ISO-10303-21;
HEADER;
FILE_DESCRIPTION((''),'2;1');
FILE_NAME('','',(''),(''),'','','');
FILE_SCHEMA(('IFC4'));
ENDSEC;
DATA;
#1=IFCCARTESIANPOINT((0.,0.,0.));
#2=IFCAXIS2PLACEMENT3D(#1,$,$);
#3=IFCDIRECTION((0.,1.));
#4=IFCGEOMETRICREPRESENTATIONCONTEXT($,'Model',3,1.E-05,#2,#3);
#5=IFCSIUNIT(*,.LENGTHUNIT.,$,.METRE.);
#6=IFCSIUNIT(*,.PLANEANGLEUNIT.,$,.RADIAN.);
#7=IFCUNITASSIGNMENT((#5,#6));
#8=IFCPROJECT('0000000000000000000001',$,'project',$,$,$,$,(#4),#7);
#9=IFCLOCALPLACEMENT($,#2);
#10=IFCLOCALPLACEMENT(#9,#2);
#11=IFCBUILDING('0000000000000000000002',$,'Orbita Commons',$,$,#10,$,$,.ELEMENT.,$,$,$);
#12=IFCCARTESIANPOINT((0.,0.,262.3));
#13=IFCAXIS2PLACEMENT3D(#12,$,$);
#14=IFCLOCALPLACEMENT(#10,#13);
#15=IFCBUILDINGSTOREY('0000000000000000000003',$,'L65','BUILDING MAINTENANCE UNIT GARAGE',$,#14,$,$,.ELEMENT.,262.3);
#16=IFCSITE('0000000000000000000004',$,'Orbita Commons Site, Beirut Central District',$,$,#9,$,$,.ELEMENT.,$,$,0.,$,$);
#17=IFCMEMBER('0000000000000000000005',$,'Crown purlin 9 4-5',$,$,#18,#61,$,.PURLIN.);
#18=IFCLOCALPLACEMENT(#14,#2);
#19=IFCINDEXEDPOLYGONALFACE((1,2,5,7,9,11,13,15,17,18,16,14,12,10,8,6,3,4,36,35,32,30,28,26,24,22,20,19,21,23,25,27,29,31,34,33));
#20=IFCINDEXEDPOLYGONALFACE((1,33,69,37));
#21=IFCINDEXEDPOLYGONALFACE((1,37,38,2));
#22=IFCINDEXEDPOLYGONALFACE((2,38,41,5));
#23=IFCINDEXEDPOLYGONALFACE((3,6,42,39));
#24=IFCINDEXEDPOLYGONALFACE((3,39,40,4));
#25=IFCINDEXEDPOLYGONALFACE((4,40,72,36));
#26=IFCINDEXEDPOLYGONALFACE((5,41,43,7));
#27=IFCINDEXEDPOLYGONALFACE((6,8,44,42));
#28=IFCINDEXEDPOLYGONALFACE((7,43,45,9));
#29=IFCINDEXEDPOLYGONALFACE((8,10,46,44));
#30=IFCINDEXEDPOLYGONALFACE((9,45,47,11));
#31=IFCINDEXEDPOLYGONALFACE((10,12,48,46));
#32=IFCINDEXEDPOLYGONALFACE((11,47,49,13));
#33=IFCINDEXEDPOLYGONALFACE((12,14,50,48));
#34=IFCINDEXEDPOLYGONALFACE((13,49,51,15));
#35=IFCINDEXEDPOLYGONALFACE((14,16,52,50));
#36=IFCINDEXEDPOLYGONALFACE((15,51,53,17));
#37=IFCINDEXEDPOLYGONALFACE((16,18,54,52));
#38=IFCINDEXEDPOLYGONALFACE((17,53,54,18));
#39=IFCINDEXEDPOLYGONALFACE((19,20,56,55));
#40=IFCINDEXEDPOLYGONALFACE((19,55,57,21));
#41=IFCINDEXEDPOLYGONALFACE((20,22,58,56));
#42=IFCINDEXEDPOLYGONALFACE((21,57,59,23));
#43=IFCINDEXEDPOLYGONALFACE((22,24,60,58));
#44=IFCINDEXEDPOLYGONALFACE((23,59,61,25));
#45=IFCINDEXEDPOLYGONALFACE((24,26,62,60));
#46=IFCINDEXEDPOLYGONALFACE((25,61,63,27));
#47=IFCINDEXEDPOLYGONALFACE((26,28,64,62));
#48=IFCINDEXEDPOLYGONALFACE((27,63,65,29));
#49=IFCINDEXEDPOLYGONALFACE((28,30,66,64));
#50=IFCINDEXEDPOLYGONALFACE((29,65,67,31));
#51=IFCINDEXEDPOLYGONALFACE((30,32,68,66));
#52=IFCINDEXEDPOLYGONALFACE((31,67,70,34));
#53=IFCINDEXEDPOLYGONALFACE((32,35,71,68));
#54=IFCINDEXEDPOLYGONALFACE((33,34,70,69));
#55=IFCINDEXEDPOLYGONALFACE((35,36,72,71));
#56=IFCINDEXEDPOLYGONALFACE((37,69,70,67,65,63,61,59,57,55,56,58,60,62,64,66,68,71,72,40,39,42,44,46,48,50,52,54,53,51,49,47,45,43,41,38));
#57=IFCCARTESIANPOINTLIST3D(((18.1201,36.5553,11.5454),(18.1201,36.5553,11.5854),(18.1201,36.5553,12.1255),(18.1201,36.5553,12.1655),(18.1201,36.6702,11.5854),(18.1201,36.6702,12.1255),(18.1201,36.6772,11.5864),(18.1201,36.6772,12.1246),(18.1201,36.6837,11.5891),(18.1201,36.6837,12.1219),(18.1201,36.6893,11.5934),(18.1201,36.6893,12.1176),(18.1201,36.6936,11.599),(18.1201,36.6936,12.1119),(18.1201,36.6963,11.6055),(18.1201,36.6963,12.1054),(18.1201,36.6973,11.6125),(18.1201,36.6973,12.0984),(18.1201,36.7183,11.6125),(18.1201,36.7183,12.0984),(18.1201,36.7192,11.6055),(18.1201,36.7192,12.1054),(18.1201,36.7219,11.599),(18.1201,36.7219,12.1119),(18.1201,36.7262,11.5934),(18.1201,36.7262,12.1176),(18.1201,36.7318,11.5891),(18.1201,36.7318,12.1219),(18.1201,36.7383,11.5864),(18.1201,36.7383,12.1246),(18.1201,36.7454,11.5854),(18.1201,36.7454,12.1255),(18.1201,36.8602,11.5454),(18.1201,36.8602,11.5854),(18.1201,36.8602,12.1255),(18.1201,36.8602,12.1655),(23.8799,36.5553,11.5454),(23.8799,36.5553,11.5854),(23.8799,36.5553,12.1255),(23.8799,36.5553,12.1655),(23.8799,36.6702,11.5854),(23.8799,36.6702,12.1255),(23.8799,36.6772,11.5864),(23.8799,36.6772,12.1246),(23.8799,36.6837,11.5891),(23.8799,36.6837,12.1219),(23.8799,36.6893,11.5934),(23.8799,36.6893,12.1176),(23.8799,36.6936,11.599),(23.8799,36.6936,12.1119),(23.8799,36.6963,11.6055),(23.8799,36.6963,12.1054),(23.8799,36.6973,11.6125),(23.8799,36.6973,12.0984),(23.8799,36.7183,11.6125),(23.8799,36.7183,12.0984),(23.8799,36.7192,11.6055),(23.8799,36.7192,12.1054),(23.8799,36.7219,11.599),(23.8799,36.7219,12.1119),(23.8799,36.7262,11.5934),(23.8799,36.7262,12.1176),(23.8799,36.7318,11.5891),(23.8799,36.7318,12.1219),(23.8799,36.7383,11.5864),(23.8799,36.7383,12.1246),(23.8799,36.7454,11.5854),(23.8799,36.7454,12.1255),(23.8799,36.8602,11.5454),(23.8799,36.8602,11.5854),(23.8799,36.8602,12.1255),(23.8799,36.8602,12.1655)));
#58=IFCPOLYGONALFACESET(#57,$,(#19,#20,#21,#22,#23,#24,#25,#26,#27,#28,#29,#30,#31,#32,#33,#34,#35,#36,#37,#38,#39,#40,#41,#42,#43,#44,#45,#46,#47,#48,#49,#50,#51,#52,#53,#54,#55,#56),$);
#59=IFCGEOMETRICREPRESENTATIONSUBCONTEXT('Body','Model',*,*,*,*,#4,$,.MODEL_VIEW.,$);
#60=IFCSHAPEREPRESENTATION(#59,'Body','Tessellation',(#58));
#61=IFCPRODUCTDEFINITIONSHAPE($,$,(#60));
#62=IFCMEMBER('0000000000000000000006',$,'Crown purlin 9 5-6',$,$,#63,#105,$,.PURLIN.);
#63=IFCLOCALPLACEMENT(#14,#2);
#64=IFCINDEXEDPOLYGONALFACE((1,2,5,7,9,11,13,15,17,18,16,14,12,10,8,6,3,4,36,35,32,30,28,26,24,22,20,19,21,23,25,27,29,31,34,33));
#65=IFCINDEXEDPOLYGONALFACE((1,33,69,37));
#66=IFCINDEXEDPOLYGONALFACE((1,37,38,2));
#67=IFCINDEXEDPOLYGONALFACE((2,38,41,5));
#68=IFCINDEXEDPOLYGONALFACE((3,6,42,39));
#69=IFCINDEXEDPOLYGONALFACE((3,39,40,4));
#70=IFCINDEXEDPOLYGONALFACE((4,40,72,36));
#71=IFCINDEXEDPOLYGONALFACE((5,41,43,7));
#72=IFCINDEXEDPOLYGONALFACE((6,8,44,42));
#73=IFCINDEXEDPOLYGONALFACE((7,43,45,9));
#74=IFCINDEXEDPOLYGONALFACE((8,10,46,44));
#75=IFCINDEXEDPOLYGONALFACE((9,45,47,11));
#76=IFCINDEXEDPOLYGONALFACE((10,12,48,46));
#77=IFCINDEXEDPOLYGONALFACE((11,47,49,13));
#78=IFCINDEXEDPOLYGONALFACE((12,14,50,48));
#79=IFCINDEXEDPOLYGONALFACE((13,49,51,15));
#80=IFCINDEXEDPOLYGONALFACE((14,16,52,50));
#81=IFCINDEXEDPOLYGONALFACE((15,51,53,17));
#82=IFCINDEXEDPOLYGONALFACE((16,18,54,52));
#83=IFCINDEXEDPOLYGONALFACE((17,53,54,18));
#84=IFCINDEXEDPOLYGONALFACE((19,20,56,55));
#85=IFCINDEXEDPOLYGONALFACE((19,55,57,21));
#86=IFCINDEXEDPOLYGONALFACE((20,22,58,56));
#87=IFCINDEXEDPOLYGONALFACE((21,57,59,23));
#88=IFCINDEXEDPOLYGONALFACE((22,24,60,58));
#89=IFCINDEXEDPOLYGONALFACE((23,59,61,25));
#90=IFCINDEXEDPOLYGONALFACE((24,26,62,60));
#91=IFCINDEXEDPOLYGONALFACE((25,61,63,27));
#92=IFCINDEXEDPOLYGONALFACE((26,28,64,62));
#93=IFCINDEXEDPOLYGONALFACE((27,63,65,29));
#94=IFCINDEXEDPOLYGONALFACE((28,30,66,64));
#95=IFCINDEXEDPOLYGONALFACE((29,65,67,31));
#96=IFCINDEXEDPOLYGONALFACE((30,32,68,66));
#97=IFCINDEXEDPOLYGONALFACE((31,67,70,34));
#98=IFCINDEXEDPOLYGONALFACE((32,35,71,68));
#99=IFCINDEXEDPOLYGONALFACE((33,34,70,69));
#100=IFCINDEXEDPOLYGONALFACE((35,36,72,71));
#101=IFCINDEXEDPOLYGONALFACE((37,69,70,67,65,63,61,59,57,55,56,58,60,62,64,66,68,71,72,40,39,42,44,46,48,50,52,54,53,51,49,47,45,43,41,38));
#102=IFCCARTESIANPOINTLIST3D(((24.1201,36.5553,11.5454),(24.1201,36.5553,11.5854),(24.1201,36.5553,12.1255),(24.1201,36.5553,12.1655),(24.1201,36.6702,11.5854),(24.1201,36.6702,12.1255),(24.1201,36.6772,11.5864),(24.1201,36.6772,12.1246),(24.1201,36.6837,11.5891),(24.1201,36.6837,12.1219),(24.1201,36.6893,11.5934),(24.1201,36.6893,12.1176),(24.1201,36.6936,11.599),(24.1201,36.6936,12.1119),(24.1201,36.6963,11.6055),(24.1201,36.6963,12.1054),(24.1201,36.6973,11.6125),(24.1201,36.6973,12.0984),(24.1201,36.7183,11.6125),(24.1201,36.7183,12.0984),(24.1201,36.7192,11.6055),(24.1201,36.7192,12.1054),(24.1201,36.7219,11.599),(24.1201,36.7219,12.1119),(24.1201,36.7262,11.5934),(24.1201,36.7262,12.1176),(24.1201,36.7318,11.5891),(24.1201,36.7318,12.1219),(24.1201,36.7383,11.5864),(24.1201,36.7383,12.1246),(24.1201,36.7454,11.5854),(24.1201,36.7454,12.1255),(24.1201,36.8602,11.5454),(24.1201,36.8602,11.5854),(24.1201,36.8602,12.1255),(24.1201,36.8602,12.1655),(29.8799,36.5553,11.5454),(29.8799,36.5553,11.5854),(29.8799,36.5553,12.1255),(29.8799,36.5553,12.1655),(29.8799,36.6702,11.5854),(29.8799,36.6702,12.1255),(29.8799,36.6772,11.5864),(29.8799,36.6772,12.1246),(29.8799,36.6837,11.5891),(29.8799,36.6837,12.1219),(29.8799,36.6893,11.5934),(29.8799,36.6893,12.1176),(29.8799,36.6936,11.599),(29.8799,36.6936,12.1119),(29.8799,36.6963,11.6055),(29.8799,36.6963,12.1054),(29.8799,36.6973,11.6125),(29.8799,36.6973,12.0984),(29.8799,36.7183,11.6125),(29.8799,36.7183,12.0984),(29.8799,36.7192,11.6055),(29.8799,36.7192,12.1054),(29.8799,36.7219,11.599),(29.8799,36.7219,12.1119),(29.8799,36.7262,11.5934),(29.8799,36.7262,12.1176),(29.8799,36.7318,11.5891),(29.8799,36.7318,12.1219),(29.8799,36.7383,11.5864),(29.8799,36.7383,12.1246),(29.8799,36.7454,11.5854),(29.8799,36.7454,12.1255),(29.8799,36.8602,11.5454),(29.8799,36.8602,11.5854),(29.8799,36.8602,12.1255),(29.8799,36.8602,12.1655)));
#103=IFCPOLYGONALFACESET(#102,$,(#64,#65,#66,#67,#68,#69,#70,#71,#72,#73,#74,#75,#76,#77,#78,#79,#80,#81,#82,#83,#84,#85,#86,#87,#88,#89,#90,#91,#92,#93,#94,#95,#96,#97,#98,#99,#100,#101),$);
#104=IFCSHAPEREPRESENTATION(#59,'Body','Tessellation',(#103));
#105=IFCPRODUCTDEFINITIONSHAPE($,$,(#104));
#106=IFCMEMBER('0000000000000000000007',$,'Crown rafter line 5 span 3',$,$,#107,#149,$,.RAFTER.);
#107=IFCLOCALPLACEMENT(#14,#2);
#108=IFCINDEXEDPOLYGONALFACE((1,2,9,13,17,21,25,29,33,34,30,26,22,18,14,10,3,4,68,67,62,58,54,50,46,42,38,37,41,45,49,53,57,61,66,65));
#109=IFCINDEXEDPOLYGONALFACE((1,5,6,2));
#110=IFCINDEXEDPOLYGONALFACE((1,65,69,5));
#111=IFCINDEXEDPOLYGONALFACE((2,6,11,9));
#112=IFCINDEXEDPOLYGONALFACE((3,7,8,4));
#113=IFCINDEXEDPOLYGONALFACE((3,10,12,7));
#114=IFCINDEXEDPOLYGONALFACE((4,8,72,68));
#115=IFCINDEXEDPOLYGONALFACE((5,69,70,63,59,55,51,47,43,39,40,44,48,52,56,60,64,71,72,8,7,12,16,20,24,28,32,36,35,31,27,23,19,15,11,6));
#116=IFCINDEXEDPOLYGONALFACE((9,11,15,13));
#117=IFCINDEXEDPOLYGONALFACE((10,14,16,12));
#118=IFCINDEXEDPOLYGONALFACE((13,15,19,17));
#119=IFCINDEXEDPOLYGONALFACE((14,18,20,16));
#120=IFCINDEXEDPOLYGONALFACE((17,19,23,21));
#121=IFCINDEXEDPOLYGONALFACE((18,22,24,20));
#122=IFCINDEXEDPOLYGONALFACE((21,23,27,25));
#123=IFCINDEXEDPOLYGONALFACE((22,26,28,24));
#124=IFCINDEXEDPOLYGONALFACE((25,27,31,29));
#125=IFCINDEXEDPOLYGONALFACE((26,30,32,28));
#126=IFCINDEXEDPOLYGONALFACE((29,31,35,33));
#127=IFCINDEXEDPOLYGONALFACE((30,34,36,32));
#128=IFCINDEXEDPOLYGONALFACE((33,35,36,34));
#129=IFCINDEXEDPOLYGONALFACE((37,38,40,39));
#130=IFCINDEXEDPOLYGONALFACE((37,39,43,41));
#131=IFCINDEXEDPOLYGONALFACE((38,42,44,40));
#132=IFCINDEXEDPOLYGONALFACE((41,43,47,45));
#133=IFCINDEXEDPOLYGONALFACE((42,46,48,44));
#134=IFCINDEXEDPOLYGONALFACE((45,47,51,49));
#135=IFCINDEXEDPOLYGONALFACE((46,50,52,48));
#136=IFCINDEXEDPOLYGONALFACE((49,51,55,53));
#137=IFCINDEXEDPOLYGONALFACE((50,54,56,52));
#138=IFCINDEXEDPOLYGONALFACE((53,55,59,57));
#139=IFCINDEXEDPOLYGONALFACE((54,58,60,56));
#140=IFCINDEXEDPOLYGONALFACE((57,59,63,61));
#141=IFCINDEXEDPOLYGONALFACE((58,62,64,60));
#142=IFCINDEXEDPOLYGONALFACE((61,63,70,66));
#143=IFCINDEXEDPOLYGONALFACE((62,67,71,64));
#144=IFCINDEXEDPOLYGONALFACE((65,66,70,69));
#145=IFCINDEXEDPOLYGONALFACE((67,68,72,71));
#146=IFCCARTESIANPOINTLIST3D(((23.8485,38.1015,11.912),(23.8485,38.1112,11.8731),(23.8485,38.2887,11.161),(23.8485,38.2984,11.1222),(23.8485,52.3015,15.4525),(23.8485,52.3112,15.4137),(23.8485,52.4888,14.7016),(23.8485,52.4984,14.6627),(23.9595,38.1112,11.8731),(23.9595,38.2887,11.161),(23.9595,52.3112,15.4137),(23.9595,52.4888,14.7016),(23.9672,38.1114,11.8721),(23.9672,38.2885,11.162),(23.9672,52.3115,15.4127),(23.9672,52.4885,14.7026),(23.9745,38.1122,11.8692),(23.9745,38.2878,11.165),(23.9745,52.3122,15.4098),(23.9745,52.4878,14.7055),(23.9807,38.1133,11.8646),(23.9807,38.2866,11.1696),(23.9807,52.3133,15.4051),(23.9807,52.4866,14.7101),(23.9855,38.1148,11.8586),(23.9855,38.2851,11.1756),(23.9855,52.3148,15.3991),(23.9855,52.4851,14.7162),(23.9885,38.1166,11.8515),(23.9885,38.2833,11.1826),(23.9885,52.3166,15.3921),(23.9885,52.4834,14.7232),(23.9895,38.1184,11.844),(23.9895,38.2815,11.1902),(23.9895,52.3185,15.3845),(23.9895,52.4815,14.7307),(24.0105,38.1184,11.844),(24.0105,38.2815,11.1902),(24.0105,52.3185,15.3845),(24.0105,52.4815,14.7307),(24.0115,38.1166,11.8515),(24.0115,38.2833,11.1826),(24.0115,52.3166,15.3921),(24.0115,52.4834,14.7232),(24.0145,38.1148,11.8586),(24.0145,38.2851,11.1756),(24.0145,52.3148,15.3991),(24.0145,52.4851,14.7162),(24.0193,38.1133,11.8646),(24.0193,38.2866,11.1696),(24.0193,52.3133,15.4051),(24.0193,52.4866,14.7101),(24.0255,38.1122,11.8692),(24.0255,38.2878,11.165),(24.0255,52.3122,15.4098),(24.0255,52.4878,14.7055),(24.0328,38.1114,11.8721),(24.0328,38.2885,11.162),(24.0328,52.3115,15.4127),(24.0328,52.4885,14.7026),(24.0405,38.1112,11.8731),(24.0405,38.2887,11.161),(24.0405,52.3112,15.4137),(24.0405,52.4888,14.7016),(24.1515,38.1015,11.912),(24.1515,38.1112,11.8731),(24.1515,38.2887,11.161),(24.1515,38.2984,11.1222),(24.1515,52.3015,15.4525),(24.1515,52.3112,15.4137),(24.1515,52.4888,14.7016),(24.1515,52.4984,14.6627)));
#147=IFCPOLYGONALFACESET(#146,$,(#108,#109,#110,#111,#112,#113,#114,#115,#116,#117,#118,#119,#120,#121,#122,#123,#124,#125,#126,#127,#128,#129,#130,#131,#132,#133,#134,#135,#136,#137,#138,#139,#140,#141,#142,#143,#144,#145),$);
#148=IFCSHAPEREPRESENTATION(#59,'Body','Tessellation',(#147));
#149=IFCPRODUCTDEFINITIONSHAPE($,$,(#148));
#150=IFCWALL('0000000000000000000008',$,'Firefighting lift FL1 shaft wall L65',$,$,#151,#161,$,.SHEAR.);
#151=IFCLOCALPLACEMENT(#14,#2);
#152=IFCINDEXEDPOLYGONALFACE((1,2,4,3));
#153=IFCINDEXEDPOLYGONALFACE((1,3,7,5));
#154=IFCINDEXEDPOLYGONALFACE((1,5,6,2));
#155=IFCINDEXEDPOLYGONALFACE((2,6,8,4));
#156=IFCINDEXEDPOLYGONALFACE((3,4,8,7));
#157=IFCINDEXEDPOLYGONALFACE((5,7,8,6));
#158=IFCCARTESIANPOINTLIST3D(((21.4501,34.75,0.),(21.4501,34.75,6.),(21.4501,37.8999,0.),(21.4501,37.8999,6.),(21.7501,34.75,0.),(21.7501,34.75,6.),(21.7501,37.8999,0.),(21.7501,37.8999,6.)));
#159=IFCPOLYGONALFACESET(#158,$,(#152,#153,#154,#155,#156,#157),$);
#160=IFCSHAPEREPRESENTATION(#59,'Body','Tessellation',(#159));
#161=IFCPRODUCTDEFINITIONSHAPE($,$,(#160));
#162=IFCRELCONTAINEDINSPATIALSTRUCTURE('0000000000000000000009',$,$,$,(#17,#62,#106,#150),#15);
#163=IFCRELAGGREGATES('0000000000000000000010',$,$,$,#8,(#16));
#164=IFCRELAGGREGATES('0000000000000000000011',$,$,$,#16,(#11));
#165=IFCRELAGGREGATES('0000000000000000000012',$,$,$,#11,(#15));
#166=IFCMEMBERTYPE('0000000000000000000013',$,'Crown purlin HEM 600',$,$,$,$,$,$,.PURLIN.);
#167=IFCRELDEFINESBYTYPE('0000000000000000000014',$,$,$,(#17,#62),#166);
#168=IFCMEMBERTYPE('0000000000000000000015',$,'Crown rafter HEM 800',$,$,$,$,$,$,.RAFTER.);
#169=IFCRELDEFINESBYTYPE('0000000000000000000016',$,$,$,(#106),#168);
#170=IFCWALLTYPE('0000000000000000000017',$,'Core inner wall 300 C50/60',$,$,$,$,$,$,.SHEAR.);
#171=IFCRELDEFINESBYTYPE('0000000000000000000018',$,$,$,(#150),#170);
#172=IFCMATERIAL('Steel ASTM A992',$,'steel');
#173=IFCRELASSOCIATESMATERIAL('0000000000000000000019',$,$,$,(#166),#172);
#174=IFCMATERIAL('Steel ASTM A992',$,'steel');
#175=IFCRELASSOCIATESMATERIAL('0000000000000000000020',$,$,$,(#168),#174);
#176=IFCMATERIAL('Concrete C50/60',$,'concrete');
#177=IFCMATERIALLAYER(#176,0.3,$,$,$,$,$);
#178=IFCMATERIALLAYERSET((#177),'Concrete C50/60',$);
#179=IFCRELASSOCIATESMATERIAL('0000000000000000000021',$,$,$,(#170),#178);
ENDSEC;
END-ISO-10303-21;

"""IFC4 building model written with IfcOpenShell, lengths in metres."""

from ifc_helpers import new_model, si_unit, direction, frame, frame_2d, origin, origin_2d, place, context, subcontext, project, spatial, rectangle, i_section, extrude, material, layer, layer_set, material_profile, profile_set, type_object, element, save


model = new_model("IFC4")

# Units and contexts
model_context = context("Model", 3, precision=1e-05, world=origin(), true_north=direction((0.0, 1.0)))
body_context = subcontext(model_context, "Body", "Model", "MODEL_VIEW")
ifc_project = project(units=[si_unit("LENGTHUNIT", "METRE"), si_unit("PLANEANGLEUNIT", "RADIAN")], contexts=[model_context])

# Site, building, storey
site_placement = place(None, origin())
site = spatial("IfcSite", under=ifc_project, at=site_placement, Name="Orbita Commons Site, Beirut Central District", CompositionType="ELEMENT", RefElevation=0.0)
building_placement = place(site_placement, origin())
building = spatial("IfcBuilding", under=site, at=building_placement, Name="Orbita Commons", CompositionType="ELEMENT")
storey_placement = place(building_placement, frame((0.0, 0.0, 262.3)))
storey = spatial("IfcBuildingStorey", under=building, at=storey_placement, Name="L65", Description="BUILDING MAINTENANCE UNIT GARAGE", CompositionType="ELEMENT", Elevation=262.3)

# Members
ifc_material_1 = material(Name="Steel ASTM A992", Category="steel")
ifc_material_profile_1 = material_profile(ifc_material_1, i_section(OverallWidth=0.3049, OverallDepth=0.6201, WebThickness=0.021, FlangeThickness=0.04, FilletRadius=0.0271, at=origin_2d()), Name="HEM 600")
ifc_profile_set_1 = profile_set([ifc_material_profile_1], Name="Steel ASTM A992")
member_type_1 = type_object("IfcMemberType", Name="Crown purlin HEM 600", PredefinedType="PURLIN", material=ifc_profile_set_1)
for number, where, z_axis, x_axis, name in (
    (1, (18.1201, 36.7078, 11.8555), (1.0, 0.0, 0.0), (0.0, 1.0, 0.0), "Crown purlin 9 4-5"),
    (2, (24.1201, 36.7078, 11.8555), (1.0, 0.0, 0.0), (0.0, 1.0, 0.0), "Crown purlin 9 5-6"),
):
    element("IfcMember", number, at=place(storey_placement, frame(where, z_axis=z_axis, x_axis=x_axis)), inside=storey, type_object=member_type_1, Name=name, PredefinedType="PURLIN", context=body_context, shape_type="SweptSolid", body=[
        extrude(i_section(OverallWidth=0.3049, OverallDepth=0.6201, WebThickness=0.021, FlangeThickness=0.04, FilletRadius=0.0271, at=origin_2d()), origin(), (0.0, 0.0, 1.0), 5.7598),
    ])
ifc_material_2 = material(Name="Steel ASTM A992", Category="steel")
ifc_material_profile_2 = material_profile(ifc_material_2, i_section(OverallWidth=0.303, OverallDepth=0.814, WebThickness=0.021, FlangeThickness=0.04, FilletRadius=0.03, at=origin_2d()), Name="HEM 800")
ifc_profile_set_2 = profile_set([ifc_material_profile_2], Name="Steel ASTM A992")
member_type_2 = type_object("IfcMemberType", Name="Crown rafter HEM 800", PredefinedType="RAFTER", material=ifc_profile_set_2)
member_placement = place(storey_placement, frame((24.0, 38.2, 11.5171), z_axis=(0.0, 0.970294, 0.241927), x_axis=(-1.0, 0.0, 0.0)))
element("IfcMember", 3, at=member_placement, inside=storey, type_object=member_type_2, Name="Crown rafter line 5 span 3", PredefinedType="RAFTER", context=body_context, shape_type="SweptSolid", body=[
    extrude(i_section(OverallWidth=0.303, OverallDepth=0.814, WebThickness=0.021, FlangeThickness=0.04, FilletRadius=0.03, at=origin_2d()), origin(), (0.0, 0.0, 1.0), 14.6348),
])

# Shared definitions
ifc_material_3 = material(Name="Concrete C50/60", Category="concrete")
ifc_layer = layer(ifc_material_3, 0.3)
ifc_layer_set = layer_set([ifc_layer], Name="Concrete C50/60")
wall_type = type_object("IfcWallType", Name="Core inner wall 300 C50/60", PredefinedType="SHEAR", material=ifc_layer_set)

# Wall
wall_1_placement = place(storey_placement, frame((21.6001, 34.75, 0.0), z_axis=(0.0, 0.0, 1.0), x_axis=(0.0, 1.0, 0.0)))
element("IfcWall", 4, at=wall_1_placement, inside=storey, type_object=wall_type, Name="Firefighting lift FL1 shaft wall L65", PredefinedType="SHEAR", context=body_context, shape_type="SweptSolid", body=[
    extrude(rectangle(XDim=3.1499, YDim=0.3, at=frame_2d((1.575, 0.0))), origin(), (0.0, 0.0, 1.0), 6.0),
])

save(model, "model.ifc")
